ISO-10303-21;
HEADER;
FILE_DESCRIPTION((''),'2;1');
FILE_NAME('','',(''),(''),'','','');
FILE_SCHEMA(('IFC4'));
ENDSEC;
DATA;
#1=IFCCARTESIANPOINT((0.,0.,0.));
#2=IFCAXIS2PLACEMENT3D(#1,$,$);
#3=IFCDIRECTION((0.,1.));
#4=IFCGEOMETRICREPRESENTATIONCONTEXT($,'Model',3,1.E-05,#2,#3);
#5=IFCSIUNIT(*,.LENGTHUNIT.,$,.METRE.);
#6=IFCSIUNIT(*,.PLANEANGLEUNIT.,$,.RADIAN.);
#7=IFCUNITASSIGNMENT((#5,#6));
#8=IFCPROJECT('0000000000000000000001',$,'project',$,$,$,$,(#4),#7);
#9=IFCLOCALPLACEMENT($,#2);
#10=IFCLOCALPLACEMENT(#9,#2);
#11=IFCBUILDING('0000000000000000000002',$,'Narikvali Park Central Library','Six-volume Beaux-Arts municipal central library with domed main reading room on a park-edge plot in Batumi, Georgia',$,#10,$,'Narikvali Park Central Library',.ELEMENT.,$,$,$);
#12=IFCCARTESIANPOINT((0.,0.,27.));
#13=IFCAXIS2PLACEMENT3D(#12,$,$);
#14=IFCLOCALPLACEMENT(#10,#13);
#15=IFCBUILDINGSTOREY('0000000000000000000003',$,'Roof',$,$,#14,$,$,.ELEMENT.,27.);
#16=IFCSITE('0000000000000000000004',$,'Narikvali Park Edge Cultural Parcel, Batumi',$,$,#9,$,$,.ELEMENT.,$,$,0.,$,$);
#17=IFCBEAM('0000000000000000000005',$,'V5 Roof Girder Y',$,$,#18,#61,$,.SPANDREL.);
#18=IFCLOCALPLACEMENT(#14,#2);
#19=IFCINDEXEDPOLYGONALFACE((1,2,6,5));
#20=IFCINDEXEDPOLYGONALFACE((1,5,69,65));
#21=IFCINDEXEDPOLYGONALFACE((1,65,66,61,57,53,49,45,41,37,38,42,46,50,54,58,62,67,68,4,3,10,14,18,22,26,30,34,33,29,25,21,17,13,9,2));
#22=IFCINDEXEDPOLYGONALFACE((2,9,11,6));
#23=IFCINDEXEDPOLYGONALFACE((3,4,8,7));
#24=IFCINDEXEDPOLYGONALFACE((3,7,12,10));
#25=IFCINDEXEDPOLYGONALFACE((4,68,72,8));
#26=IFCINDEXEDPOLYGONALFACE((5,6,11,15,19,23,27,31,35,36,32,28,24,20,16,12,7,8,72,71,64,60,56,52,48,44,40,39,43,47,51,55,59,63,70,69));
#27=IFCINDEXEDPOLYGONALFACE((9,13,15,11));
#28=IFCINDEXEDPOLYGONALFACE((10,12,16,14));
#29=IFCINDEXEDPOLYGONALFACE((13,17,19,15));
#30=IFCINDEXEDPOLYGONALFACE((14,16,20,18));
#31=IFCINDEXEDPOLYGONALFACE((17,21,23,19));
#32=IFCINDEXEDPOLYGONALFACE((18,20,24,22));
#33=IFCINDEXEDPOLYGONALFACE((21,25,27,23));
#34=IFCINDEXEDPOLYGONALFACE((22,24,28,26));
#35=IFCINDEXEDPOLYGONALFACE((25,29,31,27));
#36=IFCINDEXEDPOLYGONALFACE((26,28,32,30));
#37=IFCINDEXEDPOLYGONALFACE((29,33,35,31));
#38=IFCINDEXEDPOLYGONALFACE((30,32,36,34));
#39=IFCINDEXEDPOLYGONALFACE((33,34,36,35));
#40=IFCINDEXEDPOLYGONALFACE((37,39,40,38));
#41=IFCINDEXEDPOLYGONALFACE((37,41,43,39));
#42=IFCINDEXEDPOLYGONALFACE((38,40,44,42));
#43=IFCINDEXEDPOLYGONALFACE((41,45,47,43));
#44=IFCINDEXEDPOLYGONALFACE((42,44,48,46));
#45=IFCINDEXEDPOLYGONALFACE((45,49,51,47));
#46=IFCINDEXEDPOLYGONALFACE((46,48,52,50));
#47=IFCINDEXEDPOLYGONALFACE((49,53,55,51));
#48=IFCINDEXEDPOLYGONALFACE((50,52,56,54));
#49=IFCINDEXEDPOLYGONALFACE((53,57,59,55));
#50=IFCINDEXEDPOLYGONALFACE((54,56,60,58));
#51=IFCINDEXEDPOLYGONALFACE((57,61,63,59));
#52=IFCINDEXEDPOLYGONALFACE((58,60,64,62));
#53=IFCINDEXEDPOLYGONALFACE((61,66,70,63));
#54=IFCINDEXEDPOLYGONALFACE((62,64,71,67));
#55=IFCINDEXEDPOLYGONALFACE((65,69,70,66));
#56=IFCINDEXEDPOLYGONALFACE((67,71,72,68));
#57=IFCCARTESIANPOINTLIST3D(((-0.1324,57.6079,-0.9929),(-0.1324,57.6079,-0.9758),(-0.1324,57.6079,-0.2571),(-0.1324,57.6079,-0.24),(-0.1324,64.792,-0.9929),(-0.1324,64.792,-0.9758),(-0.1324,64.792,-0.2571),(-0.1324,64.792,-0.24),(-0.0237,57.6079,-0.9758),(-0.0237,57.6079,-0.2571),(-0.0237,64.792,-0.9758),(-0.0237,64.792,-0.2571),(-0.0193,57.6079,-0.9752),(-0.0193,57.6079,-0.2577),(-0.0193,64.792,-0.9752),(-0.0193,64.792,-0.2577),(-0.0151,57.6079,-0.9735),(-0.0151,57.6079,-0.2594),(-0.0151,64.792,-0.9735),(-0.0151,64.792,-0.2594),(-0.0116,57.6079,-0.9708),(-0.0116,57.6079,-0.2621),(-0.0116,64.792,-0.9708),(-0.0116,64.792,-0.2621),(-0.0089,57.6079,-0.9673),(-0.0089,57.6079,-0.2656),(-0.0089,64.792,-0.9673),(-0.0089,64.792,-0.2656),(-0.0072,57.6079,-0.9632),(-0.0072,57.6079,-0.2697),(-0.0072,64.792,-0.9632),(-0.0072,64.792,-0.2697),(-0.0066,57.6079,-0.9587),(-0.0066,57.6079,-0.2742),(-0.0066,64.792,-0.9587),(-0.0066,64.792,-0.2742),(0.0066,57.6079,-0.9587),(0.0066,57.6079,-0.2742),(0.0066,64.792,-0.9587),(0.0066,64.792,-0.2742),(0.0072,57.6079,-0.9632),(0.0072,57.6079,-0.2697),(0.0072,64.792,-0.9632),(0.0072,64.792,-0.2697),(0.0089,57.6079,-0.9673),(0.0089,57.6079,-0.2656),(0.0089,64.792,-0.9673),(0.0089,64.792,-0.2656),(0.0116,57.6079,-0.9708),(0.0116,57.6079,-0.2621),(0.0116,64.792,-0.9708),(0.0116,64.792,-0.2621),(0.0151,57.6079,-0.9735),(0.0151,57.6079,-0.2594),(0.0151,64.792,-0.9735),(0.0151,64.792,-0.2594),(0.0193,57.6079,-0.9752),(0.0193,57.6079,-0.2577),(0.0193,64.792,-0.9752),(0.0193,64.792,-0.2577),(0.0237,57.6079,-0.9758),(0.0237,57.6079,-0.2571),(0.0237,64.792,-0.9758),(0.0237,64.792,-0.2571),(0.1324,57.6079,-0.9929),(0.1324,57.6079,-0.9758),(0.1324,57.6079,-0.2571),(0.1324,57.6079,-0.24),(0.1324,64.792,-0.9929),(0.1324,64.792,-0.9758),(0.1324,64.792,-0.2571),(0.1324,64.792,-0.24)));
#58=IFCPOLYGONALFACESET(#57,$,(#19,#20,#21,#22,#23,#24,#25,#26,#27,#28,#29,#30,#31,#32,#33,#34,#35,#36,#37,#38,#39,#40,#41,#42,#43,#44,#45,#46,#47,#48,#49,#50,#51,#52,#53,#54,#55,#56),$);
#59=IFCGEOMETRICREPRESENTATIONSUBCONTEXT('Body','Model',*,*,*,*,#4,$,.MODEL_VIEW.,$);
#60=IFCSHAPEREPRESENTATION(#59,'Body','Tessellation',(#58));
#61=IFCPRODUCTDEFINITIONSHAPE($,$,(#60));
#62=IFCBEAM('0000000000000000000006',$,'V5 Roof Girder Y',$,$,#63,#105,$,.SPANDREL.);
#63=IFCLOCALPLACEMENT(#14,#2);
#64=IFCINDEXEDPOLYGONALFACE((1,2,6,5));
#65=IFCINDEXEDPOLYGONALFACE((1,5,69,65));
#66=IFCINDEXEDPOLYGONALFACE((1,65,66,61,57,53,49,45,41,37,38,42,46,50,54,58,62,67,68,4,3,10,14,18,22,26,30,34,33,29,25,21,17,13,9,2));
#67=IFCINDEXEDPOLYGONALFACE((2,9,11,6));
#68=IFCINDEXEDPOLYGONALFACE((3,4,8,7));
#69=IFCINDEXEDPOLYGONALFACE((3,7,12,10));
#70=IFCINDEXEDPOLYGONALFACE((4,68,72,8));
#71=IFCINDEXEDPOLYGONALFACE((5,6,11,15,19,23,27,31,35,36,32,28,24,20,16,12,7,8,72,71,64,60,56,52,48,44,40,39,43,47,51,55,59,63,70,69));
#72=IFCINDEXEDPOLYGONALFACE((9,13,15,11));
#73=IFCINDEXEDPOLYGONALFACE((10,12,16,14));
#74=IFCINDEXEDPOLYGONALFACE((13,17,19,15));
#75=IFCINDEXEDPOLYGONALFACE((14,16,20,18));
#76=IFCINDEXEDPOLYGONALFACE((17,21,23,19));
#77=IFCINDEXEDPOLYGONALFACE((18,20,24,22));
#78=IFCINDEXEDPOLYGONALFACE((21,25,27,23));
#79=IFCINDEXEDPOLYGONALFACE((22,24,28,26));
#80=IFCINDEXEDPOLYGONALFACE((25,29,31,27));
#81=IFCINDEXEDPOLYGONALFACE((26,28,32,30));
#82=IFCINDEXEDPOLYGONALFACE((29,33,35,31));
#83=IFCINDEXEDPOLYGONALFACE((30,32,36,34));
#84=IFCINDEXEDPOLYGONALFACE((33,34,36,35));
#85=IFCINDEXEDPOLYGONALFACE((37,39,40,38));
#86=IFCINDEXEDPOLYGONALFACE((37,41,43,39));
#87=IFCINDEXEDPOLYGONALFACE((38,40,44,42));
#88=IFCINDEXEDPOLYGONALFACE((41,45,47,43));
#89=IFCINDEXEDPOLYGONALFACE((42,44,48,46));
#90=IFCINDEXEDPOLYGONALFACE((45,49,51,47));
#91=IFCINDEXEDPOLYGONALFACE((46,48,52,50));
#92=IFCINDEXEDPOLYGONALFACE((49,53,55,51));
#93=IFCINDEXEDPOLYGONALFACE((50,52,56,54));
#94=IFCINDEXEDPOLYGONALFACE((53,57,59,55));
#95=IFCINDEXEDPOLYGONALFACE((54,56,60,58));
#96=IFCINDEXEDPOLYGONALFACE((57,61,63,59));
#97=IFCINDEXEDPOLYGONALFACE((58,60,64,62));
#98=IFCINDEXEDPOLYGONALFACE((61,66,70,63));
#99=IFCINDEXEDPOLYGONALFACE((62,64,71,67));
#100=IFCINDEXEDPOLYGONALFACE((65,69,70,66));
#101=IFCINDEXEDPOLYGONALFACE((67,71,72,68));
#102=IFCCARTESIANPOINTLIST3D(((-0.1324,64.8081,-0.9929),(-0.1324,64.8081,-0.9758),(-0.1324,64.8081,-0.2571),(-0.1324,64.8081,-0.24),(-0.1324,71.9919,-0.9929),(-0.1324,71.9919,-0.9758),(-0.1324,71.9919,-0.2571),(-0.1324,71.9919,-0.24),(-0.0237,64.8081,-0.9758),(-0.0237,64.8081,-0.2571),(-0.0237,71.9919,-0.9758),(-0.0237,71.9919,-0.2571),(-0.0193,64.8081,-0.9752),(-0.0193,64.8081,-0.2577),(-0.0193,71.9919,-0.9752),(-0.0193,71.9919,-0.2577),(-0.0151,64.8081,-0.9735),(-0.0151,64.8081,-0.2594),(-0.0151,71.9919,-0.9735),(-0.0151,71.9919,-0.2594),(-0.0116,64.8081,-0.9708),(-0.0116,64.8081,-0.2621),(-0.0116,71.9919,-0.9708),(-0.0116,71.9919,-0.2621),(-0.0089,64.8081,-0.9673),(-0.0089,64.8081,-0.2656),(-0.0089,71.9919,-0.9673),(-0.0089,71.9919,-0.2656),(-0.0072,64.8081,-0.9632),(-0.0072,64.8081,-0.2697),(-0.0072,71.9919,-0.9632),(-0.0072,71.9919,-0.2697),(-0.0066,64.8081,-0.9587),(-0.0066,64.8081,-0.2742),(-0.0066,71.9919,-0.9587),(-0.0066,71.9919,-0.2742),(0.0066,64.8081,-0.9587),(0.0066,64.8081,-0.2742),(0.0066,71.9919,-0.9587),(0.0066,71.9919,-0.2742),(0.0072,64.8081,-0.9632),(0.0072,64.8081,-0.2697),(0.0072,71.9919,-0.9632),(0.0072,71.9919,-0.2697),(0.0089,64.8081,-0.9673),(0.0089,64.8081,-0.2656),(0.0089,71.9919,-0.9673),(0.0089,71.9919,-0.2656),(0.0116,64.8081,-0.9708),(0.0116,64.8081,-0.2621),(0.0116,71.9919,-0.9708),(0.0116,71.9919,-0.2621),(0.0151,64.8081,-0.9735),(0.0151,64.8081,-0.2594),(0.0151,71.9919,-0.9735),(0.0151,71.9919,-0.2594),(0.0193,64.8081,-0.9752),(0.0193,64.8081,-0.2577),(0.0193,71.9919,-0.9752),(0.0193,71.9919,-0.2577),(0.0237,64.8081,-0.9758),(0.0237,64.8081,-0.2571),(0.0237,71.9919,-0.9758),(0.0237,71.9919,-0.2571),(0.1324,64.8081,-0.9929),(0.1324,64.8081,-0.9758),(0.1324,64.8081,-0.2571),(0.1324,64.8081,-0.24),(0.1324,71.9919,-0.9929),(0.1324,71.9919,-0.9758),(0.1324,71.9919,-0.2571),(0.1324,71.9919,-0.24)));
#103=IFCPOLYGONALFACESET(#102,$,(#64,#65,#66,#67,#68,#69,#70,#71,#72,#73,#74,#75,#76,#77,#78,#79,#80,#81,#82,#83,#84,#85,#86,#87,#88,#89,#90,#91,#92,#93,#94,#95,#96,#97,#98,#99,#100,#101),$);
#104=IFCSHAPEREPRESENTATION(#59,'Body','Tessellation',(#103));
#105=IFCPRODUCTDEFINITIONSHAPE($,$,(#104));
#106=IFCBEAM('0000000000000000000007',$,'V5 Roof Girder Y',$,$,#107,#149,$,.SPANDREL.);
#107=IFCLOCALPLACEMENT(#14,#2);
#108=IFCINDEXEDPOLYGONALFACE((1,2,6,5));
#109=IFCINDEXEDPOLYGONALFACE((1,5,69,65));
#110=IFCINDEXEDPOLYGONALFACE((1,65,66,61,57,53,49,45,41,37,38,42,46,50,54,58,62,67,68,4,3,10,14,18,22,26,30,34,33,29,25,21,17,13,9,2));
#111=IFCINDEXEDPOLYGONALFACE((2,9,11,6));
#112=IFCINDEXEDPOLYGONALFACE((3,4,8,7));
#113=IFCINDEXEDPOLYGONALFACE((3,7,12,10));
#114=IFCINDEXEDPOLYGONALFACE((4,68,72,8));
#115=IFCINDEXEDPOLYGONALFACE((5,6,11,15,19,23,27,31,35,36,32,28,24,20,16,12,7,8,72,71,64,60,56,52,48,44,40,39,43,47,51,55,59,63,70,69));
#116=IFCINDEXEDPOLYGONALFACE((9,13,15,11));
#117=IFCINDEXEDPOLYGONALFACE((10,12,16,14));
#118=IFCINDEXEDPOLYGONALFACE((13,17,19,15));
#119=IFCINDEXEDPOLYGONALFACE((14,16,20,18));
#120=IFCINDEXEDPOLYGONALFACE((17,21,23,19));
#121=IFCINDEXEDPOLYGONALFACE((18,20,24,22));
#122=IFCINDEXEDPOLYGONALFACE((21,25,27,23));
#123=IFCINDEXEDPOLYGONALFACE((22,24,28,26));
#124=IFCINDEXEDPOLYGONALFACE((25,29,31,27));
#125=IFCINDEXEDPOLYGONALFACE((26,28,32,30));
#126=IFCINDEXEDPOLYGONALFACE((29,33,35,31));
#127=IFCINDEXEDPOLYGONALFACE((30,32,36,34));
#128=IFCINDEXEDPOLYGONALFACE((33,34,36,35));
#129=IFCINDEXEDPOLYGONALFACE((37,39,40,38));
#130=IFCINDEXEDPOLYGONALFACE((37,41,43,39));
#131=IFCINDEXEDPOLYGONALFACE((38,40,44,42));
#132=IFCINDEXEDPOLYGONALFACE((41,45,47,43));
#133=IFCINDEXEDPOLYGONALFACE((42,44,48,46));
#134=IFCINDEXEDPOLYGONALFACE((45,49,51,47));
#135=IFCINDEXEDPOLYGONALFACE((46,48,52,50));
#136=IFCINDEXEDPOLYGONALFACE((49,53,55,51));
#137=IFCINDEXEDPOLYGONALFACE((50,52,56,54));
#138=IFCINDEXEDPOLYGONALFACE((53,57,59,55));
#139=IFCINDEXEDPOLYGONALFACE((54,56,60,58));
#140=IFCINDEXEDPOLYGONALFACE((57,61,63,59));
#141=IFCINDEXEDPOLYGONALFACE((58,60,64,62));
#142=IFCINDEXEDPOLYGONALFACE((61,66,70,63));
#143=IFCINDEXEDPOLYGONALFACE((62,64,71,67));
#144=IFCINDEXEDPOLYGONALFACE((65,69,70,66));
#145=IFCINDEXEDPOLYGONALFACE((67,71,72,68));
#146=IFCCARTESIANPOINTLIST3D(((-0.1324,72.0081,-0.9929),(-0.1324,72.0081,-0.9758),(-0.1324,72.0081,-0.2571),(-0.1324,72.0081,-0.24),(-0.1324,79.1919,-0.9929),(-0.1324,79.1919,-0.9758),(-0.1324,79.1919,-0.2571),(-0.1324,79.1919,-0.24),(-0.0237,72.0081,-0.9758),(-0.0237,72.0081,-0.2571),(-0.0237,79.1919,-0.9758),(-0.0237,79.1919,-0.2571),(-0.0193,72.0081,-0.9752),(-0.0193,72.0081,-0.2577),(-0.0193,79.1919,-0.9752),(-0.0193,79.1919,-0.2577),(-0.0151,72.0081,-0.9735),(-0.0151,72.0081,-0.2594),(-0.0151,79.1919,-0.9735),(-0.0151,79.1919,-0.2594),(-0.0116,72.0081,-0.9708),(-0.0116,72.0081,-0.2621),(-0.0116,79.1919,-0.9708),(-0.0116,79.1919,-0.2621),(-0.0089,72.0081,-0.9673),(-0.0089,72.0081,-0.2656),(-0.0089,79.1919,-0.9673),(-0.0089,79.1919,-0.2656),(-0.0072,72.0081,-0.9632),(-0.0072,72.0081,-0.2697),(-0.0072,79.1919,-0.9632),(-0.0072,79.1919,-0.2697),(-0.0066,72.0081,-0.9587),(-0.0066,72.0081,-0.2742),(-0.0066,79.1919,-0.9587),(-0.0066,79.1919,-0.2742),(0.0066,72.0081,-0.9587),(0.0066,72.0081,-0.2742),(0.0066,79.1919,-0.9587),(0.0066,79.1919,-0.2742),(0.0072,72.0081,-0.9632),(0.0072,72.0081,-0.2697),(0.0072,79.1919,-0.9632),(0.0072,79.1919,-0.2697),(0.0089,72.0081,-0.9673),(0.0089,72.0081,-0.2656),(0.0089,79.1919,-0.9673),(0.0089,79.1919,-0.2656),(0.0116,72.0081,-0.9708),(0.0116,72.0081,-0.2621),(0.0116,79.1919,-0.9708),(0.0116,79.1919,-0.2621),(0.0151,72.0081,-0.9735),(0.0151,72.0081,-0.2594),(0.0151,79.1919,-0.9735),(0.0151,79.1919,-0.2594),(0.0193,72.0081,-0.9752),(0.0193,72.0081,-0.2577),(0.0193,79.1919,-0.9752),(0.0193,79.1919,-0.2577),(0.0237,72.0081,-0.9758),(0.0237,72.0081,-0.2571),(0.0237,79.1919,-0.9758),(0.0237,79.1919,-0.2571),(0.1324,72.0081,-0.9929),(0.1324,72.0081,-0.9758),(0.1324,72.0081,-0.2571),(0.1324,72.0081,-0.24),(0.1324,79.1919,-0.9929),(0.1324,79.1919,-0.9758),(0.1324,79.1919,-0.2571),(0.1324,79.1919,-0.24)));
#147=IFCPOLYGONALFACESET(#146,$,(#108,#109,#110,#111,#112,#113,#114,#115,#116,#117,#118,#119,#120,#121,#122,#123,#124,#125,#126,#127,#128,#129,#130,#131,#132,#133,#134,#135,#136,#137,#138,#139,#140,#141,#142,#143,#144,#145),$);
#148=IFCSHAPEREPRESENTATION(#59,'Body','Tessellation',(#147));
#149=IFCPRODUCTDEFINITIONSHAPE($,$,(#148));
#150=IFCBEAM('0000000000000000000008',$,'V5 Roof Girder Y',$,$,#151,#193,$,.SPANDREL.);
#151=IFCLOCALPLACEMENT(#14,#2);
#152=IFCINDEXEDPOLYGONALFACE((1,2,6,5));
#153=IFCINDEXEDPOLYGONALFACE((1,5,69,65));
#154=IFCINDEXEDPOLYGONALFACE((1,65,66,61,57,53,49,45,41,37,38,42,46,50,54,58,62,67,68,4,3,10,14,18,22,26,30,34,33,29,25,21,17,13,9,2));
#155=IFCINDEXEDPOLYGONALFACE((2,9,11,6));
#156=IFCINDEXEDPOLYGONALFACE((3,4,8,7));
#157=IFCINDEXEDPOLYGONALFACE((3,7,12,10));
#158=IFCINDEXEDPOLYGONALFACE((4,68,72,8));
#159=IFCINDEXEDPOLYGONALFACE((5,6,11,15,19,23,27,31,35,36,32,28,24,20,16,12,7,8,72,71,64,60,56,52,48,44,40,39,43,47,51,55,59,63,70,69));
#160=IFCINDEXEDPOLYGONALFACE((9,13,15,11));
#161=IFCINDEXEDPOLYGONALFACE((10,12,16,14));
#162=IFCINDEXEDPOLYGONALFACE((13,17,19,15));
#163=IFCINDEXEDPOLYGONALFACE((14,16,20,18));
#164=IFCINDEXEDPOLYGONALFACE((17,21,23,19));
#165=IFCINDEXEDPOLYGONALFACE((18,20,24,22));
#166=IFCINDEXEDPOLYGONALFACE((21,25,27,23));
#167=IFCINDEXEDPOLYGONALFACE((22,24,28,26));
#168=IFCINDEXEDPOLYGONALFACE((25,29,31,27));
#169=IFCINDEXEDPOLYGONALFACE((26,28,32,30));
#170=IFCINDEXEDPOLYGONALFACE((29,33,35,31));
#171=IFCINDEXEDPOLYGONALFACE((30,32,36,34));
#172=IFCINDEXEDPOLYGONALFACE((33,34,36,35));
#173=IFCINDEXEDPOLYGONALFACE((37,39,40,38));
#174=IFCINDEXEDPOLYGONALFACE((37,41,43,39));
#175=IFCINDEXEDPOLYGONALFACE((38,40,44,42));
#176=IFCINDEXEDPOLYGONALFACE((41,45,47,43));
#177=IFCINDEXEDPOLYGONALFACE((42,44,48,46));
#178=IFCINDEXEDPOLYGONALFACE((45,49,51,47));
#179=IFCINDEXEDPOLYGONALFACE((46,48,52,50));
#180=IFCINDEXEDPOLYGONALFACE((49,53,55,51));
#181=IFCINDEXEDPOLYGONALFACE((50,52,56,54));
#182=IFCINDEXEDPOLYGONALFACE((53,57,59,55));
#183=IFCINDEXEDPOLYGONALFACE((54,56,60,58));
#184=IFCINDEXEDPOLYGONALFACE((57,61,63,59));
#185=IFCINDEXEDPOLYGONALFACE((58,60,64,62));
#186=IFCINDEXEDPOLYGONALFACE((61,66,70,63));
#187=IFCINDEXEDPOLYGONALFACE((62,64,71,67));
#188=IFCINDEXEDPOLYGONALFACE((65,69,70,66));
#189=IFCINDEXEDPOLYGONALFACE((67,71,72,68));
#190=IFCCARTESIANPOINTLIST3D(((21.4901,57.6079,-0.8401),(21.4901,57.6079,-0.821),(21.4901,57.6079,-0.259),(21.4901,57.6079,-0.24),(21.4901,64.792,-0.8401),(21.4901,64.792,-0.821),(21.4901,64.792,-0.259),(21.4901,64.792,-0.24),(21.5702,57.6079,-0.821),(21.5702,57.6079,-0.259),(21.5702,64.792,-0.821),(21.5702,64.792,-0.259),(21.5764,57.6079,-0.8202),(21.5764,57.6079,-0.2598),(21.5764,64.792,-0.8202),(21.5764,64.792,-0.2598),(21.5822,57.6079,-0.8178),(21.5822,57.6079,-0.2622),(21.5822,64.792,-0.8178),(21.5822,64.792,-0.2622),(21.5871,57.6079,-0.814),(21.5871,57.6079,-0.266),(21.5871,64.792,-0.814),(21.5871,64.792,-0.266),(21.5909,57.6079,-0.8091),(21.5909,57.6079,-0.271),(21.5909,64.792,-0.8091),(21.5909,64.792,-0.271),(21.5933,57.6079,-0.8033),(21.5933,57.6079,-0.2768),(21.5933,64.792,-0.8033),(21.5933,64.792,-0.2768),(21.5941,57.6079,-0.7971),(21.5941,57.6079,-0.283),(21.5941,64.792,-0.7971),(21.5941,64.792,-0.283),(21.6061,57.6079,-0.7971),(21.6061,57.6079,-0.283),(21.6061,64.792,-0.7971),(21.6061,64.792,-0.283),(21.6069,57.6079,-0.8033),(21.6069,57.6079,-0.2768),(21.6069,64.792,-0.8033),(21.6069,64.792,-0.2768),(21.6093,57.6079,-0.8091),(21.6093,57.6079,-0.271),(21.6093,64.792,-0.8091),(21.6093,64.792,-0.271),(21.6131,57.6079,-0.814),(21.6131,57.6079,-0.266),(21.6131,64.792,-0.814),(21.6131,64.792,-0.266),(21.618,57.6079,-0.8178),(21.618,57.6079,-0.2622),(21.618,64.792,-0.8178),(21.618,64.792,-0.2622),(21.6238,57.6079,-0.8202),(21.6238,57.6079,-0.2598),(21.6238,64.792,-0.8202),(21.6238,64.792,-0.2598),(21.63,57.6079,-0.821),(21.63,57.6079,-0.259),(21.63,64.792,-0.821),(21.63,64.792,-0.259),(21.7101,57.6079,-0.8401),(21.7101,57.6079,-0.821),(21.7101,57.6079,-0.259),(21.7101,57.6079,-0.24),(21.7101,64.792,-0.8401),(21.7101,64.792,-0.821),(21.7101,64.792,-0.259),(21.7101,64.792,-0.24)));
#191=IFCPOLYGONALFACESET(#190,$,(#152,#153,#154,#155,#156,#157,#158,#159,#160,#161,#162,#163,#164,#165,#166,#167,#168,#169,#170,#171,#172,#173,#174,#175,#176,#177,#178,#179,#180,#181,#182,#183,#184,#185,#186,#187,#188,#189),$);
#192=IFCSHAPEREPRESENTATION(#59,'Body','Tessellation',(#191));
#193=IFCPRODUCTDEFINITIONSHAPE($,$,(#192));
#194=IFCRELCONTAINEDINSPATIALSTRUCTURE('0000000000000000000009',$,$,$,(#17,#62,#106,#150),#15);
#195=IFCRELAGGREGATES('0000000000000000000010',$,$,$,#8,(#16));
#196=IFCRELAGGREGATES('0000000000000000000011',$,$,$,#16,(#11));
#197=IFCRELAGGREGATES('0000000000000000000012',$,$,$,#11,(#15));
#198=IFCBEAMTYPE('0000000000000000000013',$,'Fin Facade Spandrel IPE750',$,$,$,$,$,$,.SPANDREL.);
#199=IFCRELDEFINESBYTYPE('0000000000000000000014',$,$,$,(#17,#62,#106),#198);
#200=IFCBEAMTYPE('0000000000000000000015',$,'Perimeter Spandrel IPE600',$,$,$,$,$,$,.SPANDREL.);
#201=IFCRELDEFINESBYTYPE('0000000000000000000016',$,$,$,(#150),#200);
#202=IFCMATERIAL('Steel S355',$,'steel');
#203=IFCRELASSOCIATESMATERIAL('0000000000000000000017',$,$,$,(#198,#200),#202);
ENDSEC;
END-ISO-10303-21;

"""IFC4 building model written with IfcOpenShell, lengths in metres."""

from ifc_helpers import new_model, si_unit, direction, frame, origin, origin_2d, place, context, subcontext, project, spatial, i_section, extrude, material, material_profile, profile_set, type_object, element, save


model = new_model("IFC4")

# Units and contexts
model_context = context("Model", 3, precision=1e-05, world=origin(), true_north=direction((0.0, 1.0)))
body_context = subcontext(model_context, "Body", "Model", "MODEL_VIEW")
ifc_project = project(units=[si_unit("LENGTHUNIT", "METRE"), si_unit("PLANEANGLEUNIT", "RADIAN")], contexts=[model_context])

# Site, building, storey
site_placement = place(None, origin())
site = spatial("IfcSite", under=ifc_project, at=site_placement, Name="Narikvali Park Edge Cultural Parcel, Batumi", CompositionType="ELEMENT", RefElevation=0.0)
building_placement = place(site_placement, origin())
building = spatial("IfcBuilding", under=site, at=building_placement, Name="Narikvali Park Central Library", Description="Six-volume Beaux-Arts municipal central library with domed main reading room on a park-edge plot in Batumi, Georgia", LongName="Narikvali Park Central Library", CompositionType="ELEMENT")
storey_placement = place(building_placement, frame((0.0, 0.0, 27.0)))
storey = spatial("IfcBuildingStorey", under=building, at=storey_placement, Name="Roof", CompositionType="ELEMENT", Elevation=27.0)

# Beams
ifc_material = material(Name="Steel S355", Category="steel")
ifc_material_profile_1 = material_profile(ifc_material, i_section(OverallWidth=0.2649, OverallDepth=0.7529, WebThickness=0.0132, FlangeThickness=0.0171, FilletRadius=0.0171, at=origin_2d()), Name="IPE 750x147")
ifc_profile_set_1 = profile_set([ifc_material_profile_1], Name="Steel S355")
beam_type_1 = type_object("IfcBeamType", Name="Fin Facade Spandrel IPE750", PredefinedType="SPANDREL", material=ifc_profile_set_1)
beam_1_placement = place(storey_placement, frame((0.0, 57.6079, -0.6165), z_axis=(0.0, 1.0, 0.0), x_axis=(-1.0, 0.0, 0.0)))
element("IfcBeam", 1, at=beam_1_placement, inside=storey, type_object=beam_type_1, Name="V5 Roof Girder Y", PredefinedType="SPANDREL", context=body_context, shape_type="SweptSolid", body=[
    extrude(i_section(OverallWidth=0.2649, OverallDepth=0.7529, WebThickness=0.0132, FlangeThickness=0.0171, FilletRadius=0.0171, at=origin_2d()), origin(), (0.0, 0.0, 1.0), 7.1841),
])
for number, where, z_axis, x_axis, name in (
    (2, (0.0, 64.8081, -0.6165), (0.0, 1.0, 0.0), (-1.0, 0.0, 0.0), "V5 Roof Girder Y"),
    (3, (0.0, 72.0081, -0.6165), (0.0, 1.0, 0.0), (-1.0, 0.0, 0.0), "V5 Roof Girder Y"),
):
    element("IfcBeam", number, at=place(storey_placement, frame(where, z_axis=z_axis, x_axis=x_axis)), inside=storey, type_object=beam_type_1, Name=name, PredefinedType="SPANDREL", context=body_context, shape_type="SweptSolid", body=[
        extrude(i_section(OverallWidth=0.2649, OverallDepth=0.7529, WebThickness=0.0132, FlangeThickness=0.0171, FilletRadius=0.0171, at=origin_2d()), origin(), (0.0, 0.0, 1.0), 7.1838),
    ])
ifc_material_profile_2 = material_profile(ifc_material, i_section(OverallWidth=0.22, OverallDepth=0.6001, WebThickness=0.012, FlangeThickness=0.019, FilletRadius=0.0239, at=origin_2d()), Name="IPE 600")
ifc_profile_set_2 = profile_set([ifc_material_profile_2], Name="Steel S355")
beam_type_2 = type_object("IfcBeamType", Name="Perimeter Spandrel IPE600", PredefinedType="SPANDREL", material=ifc_profile_set_2)
beam_2_placement = place(storey_placement, frame((21.6001, 57.6079, -0.54), z_axis=(0.0, 1.0, 0.0), x_axis=(-1.0, 0.0, 0.0)))
element("IfcBeam", 4, at=beam_2_placement, inside=storey, type_object=beam_type_2, Name="V5 Roof Girder Y", PredefinedType="SPANDREL", context=body_context, shape_type="SweptSolid", body=[
    extrude(i_section(OverallWidth=0.22, OverallDepth=0.6001, WebThickness=0.012, FlangeThickness=0.019, FilletRadius=0.0239, at=origin_2d()), origin(), (0.0, 0.0, 1.0), 7.1841),
])

save(model, "model.ifc")
